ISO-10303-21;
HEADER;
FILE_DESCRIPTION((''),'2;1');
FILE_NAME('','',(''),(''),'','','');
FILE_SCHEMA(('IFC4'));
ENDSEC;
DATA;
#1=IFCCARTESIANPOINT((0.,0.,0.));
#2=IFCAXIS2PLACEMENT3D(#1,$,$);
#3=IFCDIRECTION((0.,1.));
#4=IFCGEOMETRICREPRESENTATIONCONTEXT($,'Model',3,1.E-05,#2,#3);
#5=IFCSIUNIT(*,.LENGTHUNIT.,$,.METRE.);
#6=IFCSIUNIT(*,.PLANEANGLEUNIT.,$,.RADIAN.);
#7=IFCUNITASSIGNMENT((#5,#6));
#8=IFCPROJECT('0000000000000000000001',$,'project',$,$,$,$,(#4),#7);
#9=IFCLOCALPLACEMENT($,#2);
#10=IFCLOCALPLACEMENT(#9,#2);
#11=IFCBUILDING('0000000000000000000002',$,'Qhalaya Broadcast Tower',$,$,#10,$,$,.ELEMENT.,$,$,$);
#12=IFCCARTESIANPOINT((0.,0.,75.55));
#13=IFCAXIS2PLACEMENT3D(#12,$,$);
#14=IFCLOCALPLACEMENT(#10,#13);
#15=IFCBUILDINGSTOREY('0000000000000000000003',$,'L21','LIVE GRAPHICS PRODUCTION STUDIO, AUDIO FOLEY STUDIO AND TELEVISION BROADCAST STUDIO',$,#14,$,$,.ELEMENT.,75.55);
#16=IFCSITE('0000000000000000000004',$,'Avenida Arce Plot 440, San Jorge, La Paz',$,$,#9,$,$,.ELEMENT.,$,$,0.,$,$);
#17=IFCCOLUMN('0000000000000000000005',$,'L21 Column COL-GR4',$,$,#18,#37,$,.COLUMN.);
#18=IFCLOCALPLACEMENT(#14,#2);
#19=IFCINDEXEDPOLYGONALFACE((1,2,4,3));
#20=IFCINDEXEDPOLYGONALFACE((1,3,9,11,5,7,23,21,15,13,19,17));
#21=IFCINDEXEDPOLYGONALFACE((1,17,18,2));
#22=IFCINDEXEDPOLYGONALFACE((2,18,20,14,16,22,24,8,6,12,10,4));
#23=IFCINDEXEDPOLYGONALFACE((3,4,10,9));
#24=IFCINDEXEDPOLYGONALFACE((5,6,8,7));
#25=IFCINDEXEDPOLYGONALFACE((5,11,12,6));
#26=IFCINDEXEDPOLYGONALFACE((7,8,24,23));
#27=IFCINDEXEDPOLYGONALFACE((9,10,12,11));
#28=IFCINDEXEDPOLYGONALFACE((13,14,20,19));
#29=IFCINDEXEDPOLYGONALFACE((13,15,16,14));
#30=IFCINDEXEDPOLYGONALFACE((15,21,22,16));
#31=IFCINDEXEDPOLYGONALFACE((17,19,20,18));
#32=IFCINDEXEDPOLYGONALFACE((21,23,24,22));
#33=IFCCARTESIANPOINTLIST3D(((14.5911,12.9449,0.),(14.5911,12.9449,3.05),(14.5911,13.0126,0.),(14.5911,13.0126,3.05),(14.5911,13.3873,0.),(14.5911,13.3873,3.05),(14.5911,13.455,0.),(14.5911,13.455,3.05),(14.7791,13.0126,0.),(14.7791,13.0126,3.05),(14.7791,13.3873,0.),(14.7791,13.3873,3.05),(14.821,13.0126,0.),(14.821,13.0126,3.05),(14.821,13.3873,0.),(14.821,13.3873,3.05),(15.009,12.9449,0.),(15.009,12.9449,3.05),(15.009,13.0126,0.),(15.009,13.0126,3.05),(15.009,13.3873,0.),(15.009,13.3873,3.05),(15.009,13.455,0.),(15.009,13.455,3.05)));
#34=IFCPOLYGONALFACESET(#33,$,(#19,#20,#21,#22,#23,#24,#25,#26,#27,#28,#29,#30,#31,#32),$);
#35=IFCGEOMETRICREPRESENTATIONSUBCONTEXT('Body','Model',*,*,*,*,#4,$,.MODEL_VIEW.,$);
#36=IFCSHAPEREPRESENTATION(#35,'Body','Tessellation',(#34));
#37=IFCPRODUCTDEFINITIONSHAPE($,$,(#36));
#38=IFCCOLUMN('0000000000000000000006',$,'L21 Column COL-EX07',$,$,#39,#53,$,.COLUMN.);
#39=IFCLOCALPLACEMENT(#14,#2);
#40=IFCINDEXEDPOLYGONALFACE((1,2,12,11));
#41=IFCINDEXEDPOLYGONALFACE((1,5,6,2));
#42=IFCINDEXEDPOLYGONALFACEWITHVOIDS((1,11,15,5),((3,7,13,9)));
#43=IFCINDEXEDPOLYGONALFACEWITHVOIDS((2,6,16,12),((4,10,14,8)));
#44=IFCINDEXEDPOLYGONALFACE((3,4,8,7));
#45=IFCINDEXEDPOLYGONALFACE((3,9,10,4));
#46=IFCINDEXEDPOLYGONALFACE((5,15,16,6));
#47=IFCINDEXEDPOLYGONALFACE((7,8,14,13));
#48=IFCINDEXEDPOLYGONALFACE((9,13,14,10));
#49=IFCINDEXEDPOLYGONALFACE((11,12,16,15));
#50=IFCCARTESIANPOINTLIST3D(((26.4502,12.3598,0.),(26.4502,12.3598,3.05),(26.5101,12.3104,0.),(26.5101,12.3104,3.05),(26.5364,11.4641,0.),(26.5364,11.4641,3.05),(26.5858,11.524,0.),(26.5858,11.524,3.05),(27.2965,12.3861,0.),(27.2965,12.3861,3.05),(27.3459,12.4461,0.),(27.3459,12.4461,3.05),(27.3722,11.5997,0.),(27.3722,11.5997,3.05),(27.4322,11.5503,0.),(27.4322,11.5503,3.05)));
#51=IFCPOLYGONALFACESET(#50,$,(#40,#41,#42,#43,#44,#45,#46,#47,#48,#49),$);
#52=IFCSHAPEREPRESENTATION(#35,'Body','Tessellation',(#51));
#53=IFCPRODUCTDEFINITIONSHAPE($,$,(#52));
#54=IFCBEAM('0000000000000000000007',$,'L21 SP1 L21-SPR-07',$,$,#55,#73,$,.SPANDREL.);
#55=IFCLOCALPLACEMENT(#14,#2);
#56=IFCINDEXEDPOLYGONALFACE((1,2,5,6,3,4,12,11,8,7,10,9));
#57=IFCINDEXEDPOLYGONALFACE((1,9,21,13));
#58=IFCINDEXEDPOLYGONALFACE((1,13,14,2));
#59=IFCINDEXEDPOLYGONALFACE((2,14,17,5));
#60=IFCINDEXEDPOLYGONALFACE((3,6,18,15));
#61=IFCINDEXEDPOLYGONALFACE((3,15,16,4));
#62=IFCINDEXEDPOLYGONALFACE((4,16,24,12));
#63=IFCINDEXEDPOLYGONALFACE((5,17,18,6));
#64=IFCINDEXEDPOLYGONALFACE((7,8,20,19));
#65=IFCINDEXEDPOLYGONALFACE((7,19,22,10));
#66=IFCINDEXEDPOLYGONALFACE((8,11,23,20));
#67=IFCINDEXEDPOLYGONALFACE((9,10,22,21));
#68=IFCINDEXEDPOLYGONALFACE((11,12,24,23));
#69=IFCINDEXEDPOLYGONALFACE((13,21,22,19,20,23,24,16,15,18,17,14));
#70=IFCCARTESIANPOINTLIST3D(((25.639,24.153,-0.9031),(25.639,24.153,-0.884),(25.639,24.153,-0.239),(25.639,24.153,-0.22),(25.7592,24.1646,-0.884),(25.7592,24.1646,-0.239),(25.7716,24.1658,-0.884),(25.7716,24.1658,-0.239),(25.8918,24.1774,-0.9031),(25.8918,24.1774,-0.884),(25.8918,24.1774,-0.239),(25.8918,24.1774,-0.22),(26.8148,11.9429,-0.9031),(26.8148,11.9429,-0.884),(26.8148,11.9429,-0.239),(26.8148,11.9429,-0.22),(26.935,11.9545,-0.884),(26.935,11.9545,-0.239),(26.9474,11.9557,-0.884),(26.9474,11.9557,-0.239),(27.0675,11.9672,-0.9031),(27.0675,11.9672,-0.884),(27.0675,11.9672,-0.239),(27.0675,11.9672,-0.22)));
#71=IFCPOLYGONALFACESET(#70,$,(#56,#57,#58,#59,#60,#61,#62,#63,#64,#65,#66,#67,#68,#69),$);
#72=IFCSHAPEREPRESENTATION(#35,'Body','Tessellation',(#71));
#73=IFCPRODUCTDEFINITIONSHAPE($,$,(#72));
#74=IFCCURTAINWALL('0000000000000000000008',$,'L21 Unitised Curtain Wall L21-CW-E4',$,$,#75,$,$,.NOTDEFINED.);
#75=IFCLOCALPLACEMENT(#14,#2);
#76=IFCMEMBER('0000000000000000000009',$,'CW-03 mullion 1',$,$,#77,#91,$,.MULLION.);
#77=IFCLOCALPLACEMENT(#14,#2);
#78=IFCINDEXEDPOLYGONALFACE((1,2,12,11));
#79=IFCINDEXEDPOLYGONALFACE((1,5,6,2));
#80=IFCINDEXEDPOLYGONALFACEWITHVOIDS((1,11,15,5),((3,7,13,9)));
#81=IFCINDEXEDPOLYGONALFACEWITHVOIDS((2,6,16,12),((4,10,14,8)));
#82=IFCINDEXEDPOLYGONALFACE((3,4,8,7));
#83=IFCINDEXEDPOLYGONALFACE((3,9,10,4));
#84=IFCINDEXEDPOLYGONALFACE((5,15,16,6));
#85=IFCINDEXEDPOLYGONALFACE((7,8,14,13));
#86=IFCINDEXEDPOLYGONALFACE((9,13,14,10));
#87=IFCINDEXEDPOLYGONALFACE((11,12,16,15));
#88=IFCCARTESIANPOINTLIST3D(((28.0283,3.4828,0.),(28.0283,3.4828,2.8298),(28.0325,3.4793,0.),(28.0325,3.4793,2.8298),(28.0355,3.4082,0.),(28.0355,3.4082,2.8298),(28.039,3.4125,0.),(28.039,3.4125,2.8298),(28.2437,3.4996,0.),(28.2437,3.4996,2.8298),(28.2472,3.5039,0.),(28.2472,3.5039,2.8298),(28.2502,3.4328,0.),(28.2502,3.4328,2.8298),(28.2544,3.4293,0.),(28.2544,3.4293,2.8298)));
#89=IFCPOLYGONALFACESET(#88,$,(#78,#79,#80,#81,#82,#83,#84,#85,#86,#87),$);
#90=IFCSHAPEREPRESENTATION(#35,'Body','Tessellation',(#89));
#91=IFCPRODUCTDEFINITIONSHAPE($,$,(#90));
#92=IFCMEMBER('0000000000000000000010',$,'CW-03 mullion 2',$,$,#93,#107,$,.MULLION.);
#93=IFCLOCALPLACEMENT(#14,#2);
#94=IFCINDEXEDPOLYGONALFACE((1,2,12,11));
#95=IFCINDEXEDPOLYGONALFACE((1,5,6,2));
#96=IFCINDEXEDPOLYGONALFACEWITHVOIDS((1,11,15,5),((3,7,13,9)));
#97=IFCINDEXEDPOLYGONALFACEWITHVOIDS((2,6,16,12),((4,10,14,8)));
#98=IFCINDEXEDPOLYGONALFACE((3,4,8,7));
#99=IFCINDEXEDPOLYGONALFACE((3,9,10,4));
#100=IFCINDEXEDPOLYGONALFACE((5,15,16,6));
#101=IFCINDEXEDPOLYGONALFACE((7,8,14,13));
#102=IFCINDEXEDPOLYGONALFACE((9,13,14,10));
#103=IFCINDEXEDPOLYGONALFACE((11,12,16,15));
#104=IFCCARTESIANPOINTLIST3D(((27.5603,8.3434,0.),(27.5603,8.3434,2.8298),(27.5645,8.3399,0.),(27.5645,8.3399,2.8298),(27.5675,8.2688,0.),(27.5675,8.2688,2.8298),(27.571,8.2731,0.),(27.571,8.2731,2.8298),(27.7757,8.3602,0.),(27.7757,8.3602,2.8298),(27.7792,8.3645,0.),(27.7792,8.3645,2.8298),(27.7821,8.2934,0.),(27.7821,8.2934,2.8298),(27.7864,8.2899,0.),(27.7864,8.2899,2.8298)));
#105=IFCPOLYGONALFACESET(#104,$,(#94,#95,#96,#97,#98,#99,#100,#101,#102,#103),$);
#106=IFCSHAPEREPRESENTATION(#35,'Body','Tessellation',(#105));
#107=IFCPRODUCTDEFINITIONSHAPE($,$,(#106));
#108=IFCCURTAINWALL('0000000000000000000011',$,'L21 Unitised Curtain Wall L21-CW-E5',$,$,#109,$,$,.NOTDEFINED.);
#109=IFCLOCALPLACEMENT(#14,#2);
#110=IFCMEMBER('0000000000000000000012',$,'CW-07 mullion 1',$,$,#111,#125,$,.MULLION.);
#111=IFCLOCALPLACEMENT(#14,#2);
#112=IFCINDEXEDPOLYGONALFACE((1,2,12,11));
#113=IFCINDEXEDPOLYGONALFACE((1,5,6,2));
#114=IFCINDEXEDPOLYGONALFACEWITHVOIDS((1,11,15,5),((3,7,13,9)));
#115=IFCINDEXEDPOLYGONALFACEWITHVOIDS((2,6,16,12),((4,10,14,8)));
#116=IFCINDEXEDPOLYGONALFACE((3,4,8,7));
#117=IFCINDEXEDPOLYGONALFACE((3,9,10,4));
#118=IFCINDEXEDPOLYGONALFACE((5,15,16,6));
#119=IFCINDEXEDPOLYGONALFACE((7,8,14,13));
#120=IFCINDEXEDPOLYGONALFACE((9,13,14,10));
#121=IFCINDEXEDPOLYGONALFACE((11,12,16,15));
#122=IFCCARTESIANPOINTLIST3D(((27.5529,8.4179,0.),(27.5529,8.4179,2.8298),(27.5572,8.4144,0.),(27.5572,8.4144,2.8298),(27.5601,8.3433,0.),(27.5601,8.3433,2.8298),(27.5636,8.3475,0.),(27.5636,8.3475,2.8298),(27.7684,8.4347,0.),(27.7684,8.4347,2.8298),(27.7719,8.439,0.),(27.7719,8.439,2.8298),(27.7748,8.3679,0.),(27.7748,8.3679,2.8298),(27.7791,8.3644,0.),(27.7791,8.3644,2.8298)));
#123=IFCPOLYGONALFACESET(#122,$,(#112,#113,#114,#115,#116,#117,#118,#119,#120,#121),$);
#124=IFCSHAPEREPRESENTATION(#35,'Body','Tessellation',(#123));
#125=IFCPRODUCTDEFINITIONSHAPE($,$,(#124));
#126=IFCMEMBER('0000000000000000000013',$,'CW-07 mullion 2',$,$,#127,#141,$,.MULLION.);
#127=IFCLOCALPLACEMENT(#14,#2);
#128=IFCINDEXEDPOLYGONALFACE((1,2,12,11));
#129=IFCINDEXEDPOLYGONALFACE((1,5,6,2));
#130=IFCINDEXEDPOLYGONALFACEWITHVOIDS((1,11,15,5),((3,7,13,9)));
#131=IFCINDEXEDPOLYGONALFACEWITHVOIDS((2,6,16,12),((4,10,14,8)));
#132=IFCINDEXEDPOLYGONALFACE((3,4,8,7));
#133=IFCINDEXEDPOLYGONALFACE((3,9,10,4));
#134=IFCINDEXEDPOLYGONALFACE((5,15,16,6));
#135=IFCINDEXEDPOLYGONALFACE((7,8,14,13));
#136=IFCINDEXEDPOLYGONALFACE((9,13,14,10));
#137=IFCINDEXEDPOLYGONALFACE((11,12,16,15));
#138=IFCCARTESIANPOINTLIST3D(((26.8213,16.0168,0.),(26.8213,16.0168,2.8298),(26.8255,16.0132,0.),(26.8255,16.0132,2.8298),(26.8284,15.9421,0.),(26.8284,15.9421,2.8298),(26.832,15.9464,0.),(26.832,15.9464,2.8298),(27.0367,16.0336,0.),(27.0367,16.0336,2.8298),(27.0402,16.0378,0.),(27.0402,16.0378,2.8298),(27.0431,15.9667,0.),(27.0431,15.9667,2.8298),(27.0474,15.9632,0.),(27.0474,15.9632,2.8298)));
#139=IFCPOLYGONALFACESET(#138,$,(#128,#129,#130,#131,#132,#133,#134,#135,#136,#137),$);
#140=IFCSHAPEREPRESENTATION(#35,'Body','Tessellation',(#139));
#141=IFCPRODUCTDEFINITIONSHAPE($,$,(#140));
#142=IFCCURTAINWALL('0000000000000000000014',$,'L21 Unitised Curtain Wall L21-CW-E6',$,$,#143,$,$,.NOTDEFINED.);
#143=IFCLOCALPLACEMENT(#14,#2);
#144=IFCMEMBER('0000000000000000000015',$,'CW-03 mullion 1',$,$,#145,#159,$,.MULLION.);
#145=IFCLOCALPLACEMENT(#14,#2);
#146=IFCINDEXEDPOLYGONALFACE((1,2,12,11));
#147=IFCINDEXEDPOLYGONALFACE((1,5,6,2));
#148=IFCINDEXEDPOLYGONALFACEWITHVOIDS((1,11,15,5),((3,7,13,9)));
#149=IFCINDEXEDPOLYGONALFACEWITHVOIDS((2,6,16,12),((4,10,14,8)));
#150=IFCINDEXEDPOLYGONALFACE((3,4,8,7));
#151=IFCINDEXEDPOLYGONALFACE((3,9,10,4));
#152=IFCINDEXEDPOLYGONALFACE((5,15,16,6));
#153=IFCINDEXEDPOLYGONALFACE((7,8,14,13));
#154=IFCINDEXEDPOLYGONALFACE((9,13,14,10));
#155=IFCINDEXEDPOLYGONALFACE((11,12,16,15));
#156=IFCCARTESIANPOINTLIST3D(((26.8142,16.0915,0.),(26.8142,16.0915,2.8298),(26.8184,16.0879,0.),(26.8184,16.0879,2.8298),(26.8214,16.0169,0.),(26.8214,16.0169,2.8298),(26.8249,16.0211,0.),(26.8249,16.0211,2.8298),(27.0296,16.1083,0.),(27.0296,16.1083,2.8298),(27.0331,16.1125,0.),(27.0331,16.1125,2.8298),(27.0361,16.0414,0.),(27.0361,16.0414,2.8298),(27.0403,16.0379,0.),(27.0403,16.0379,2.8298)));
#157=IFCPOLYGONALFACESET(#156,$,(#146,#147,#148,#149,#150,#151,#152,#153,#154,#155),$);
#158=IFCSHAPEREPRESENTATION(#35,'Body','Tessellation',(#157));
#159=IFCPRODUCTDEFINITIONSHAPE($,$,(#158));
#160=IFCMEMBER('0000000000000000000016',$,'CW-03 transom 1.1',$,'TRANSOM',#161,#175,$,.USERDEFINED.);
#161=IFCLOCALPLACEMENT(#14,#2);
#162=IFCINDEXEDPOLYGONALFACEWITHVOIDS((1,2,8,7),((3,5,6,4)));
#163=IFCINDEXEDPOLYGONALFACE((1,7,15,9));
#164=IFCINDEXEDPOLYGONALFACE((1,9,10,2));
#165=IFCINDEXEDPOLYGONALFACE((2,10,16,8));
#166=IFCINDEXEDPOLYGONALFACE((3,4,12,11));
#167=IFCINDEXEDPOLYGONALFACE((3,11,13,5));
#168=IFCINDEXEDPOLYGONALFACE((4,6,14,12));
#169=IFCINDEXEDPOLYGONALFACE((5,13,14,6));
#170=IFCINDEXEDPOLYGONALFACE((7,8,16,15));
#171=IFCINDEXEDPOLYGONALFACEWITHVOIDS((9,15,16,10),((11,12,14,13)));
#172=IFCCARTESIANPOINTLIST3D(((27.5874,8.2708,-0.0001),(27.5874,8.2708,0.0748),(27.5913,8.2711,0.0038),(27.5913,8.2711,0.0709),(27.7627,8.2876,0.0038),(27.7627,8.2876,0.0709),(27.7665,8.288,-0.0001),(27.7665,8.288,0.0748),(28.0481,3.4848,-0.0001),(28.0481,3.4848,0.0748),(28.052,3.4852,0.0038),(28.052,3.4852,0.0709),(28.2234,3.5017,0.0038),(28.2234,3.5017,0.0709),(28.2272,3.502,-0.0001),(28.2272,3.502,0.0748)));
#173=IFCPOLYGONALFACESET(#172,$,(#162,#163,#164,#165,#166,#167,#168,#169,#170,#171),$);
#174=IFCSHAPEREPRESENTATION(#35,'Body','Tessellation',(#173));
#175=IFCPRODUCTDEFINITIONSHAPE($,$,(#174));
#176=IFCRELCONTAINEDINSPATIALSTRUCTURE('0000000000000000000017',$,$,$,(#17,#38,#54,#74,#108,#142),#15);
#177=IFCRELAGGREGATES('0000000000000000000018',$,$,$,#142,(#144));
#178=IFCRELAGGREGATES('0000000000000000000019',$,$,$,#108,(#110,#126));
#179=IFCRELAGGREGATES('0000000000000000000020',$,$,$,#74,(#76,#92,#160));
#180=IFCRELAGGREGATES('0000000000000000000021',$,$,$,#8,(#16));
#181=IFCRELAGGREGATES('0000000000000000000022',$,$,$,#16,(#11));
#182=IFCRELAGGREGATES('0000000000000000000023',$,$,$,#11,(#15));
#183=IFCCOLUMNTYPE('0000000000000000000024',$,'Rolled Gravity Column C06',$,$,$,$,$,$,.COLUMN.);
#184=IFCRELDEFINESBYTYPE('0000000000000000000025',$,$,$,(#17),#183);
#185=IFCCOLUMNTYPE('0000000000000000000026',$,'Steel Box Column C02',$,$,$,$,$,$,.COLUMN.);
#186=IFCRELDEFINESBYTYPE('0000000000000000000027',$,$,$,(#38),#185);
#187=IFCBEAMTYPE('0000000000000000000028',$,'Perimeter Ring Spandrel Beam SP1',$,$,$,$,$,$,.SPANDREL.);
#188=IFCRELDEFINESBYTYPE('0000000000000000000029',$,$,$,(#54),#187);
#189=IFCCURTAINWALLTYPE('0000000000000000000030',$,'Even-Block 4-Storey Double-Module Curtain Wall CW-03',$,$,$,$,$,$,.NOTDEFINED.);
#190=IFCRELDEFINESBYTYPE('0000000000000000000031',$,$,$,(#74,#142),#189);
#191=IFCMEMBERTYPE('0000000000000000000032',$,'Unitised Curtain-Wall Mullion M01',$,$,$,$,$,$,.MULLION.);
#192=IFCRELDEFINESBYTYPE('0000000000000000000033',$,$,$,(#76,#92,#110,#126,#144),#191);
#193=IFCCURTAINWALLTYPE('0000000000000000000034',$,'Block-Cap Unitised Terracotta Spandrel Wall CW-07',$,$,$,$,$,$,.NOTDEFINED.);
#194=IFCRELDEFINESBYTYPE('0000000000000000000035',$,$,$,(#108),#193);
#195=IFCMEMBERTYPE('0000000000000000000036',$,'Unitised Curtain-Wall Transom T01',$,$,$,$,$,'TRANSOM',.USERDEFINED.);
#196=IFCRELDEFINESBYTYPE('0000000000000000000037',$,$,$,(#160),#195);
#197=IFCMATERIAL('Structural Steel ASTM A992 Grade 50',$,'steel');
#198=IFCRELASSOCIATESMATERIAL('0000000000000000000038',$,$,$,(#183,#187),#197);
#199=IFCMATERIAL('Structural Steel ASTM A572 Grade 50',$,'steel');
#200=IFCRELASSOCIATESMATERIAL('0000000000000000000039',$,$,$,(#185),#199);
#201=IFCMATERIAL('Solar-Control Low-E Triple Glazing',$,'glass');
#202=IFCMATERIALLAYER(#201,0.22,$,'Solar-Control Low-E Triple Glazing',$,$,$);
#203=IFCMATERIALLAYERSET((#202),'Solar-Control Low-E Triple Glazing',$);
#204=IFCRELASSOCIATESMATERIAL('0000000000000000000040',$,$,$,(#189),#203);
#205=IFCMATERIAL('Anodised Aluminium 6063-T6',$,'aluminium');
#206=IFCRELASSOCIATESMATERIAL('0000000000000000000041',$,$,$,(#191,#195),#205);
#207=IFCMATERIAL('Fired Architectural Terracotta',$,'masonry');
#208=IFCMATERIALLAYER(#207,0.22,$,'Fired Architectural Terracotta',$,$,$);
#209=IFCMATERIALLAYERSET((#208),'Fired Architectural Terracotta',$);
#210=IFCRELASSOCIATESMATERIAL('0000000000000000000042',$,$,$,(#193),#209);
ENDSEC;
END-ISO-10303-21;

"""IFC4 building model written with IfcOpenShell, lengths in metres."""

from ifc_helpers import new_model, si_unit, direction, frame, origin, origin_2d, place, context, subcontext, project, spatial, hollow_rectangle, i_section, extrude, material, layer, layer_set, material_profile, profile_set, type_object, element, aggregate, save


model = new_model("IFC4")

# Units and contexts
model_context = context("Model", 3, precision=1e-05, world=origin(), true_north=direction((0.0, 1.0)))
body_context = subcontext(model_context, "Body", "Model", "MODEL_VIEW")
ifc_project = project(units=[si_unit("LENGTHUNIT", "METRE"), si_unit("PLANEANGLEUNIT", "RADIAN")], contexts=[model_context])

# Site, building, storey
site_placement = place(None, origin())
site = spatial("IfcSite", under=ifc_project, at=site_placement, Name="Avenida Arce Plot 440, San Jorge, La Paz", CompositionType="ELEMENT", RefElevation=0.0)
building_placement = place(site_placement, origin())
building = spatial("IfcBuilding", under=site, at=building_placement, Name="Qhalaya Broadcast Tower", CompositionType="ELEMENT")
storey_placement = place(building_placement, frame((0.0, 0.0, 75.55)))
storey = spatial("IfcBuildingStorey", under=building, at=storey_placement, Name="L21", Description="LIVE GRAPHICS PRODUCTION STUDIO, AUDIO FOLEY STUDIO AND TELEVISION BROADCAST STUDIO", CompositionType="ELEMENT", Elevation=75.55)

# Columns
ifc_material_1 = material(Name="Structural Steel ASTM A992 Grade 50", Category="steel")
ifc_material_profile_1 = material_profile(ifc_material_1, i_section(OverallWidth=0.418, OverallDepth=0.51, WebThickness=0.042, FlangeThickness=0.0676, at=origin_2d()), Name="W14X370")
ifc_profile_set_1 = profile_set([ifc_material_profile_1], Name="Structural Steel ASTM A992 Grade 50")
column_type_1 = type_object("IfcColumnType", Name="Rolled Gravity Column C06", PredefinedType="COLUMN", material=ifc_profile_set_1)
column_1_placement = place(storey_placement, frame((14.8, 13.2, 0.0), z_axis=(0.0, 0.0, 1.0), x_axis=(1.0, 0.0, 0.0)))
element("IfcColumn", 1, at=column_1_placement, inside=storey, type_object=column_type_1, Name="L21 Column COL-GR4", PredefinedType="COLUMN", context=body_context, shape_type="SweptSolid", body=[
    extrude(i_section(OverallWidth=0.418, OverallDepth=0.51, WebThickness=0.042, FlangeThickness=0.0676, at=origin_2d()), origin(), (0.0, 0.0, 1.0), 3.05),
])
ifc_material_2 = material(Name="Structural Steel ASTM A572 Grade 50", Category="steel")
ifc_material_profile_2 = material_profile(ifc_material_2, hollow_rectangle(XDim=0.8999, YDim=0.8999, WallThickness=0.0549, at=origin_2d()), Name="BOX 900x900x55")
ifc_profile_set_2 = profile_set([ifc_material_profile_2], Name="Structural Steel ASTM A572 Grade 50")
column_type_2 = type_object("IfcColumnType", Name="Steel Box Column C02", PredefinedType="COLUMN", material=ifc_profile_set_2)
column_2_placement = place(storey_placement, frame((26.9412, 11.9551, 0.0), z_axis=(0.0, 0.0, 1.0), x_axis=(-0.095846, 0.995396, 0.0)))
element("IfcColumn", 2, at=column_2_placement, inside=storey, type_object=column_type_2, Name="L21 Column COL-EX07", PredefinedType="COLUMN", context=body_context, shape_type="SweptSolid", body=[
    extrude(hollow_rectangle(XDim=0.8999, YDim=0.8999, WallThickness=0.0549, at=origin_2d()), origin(), (0.0, 0.0, 1.0), 3.05),
])

# Beam
ifc_material_profile_3 = material_profile(ifc_material_1, i_section(OverallWidth=0.2539, OverallDepth=0.6831, WebThickness=0.0125, FlangeThickness=0.019, at=origin_2d()), Name="W27X94")
ifc_profile_set_3 = profile_set([ifc_material_profile_3], Name="Structural Steel ASTM A992 Grade 50")
beam_type = type_object("IfcBeamType", Name="Perimeter Ring Spandrel Beam SP1", PredefinedType="SPANDREL", material=ifc_profile_set_3)
beam_placement = place(storey_placement, frame((26.9412, 11.9551, -0.5615), z_axis=(-0.095852, 0.995396, 0.0), x_axis=(-0.995396, -0.095852, 0.0)))
element("IfcBeam", 3, at=beam_placement, inside=storey, type_object=beam_type, Name="L21 SP1 L21-SPR-07", PredefinedType="SPANDREL", context=body_context, shape_type="SweptSolid", body=[
    extrude(i_section(OverallWidth=0.2539, OverallDepth=0.6831, WebThickness=0.0125, FlangeThickness=0.019, at=origin_2d()), origin(), (0.0, 0.0, 1.0), 12.2666),
])

# Curtain walls, members
ifc_material_3 = material(Name="Solar-Control Low-E Triple Glazing", Category="glass")
ifc_layer_1 = layer(ifc_material_3, 0.22, Name="Solar-Control Low-E Triple Glazing")
ifc_layer_set_1 = layer_set([ifc_layer_1], Name="Solar-Control Low-E Triple Glazing")
curtain_wall_type_1 = type_object("IfcCurtainWallType", Name="Even-Block 4-Storey Double-Module Curtain Wall CW-03", PredefinedType="NOTDEFINED", material=ifc_layer_set_1)
curtain_wall_1_placement = place(storey_placement, origin())
curtain_wall_1 = element("IfcCurtainWall", 4, at=curtain_wall_1_placement, inside=storey, type_object=curtain_wall_type_1, Name="L21 Unitised Curtain Wall L21-CW-E4", PredefinedType="NOTDEFINED")
ifc_material_4 = material(Name="Anodised Aluminium 6063-T6", Category="aluminium")
ifc_material_profile_4 = material_profile(ifc_material_4, hollow_rectangle(XDim=0.075, YDim=0.22, WallThickness=0.0039, at=origin_2d()), Name="ALU-MUL 75x220x4")
ifc_profile_set_4 = profile_set([ifc_material_profile_4], Name="Anodised Aluminium 6063-T6")
member_type_1 = type_object("IfcMemberType", Name="Unitised Curtain-Wall Mullion M01", PredefinedType="MULLION", material=ifc_profile_set_4)
member_1_placement = place(storey_placement, frame((28.1414, 3.4561, 0.0), z_axis=(0.0, 0.0, 1.0), x_axis=(-0.095845, 0.995396, 0.0)))
member_1 = element("IfcMember", 5, at=member_1_placement, type_object=member_type_1, Name="CW-03 mullion 1", PredefinedType="MULLION", context=body_context, shape_type="SweptSolid", body=[
    extrude(hollow_rectangle(XDim=0.075, YDim=0.22, WallThickness=0.0039, at=origin_2d()), origin(), (0.0, 0.0, 1.0), 2.8298),
])
member_2_placement = place(storey_placement, frame((27.6733, 8.3167, 0.0), z_axis=(0.0, 0.0, 1.0), x_axis=(-0.095845, 0.995396, 0.0)))
member_2 = element("IfcMember", 6, at=member_2_placement, type_object=member_type_1, Name="CW-03 mullion 2", PredefinedType="MULLION", context=body_context, shape_type="SweptSolid", body=[
    extrude(hollow_rectangle(XDim=0.075, YDim=0.22, WallThickness=0.0039, at=origin_2d()), origin(), (0.0, 0.0, 1.0), 2.8298),
])
ifc_material_5 = material(Name="Fired Architectural Terracotta", Category="masonry")
ifc_layer_2 = layer(ifc_material_5, 0.22, Name="Fired Architectural Terracotta")
ifc_layer_set_2 = layer_set([ifc_layer_2], Name="Fired Architectural Terracotta")
curtain_wall_type_2 = type_object("IfcCurtainWallType", Name="Block-Cap Unitised Terracotta Spandrel Wall CW-07", PredefinedType="NOTDEFINED", material=ifc_layer_set_2)
curtain_wall_2_placement = place(storey_placement, origin())
curtain_wall_2 = element("IfcCurtainWall", 7, at=curtain_wall_2_placement, inside=storey, type_object=curtain_wall_type_2, Name="L21 Unitised Curtain Wall L21-CW-E5", PredefinedType="NOTDEFINED")
member_3_placement = place(storey_placement, frame((27.666, 8.3911, 0.0), z_axis=(0.0, 0.0, 1.0), x_axis=(-0.095849, 0.995396, 0.0)))
member_3 = element("IfcMember", 8, at=member_3_placement, type_object=member_type_1, Name="CW-07 mullion 1", PredefinedType="MULLION", context=body_context, shape_type="SweptSolid", body=[
    extrude(hollow_rectangle(XDim=0.075, YDim=0.22, WallThickness=0.0039, at=origin_2d()), origin(), (0.0, 0.0, 1.0), 2.8298),
])
member_4_placement = place(storey_placement, frame((26.9343, 15.99, 0.0), z_axis=(0.0, 0.0, 1.0), x_axis=(-0.095849, 0.995396, 0.0)))
member_4 = element("IfcMember", 9, at=member_4_placement, type_object=member_type_1, Name="CW-07 mullion 2", PredefinedType="MULLION", context=body_context, shape_type="SweptSolid", body=[
    extrude(hollow_rectangle(XDim=0.075, YDim=0.22, WallThickness=0.0039, at=origin_2d()), origin(), (0.0, 0.0, 1.0), 2.8298),
])

# Curtain wall, member
curtain_wall_3_placement = place(storey_placement, origin())
curtain_wall_3 = element("IfcCurtainWall", 10, at=curtain_wall_3_placement, inside=storey, type_object=curtain_wall_type_1, Name="L21 Unitised Curtain Wall L21-CW-E6", PredefinedType="NOTDEFINED")
member_5_placement = place(storey_placement, frame((26.9272, 16.0647, 0.0), z_axis=(0.0, 0.0, 1.0), x_axis=(-0.095847, 0.995396, 0.0)))
member_5 = element("IfcMember", 11, at=member_5_placement, type_object=member_type_1, Name="CW-03 mullion 1", PredefinedType="MULLION", context=body_context, shape_type="SweptSolid", body=[
    extrude(hollow_rectangle(XDim=0.075, YDim=0.22, WallThickness=0.0039, at=origin_2d()), origin(), (0.0, 0.0, 1.0), 2.8298),
])

# Member
ifc_material_profile_5 = material_profile(ifc_material_4, hollow_rectangle(XDim=0.075, YDim=0.1799, WallThickness=0.0039, at=origin_2d()), Name="ALU-TRN 75x180x4")
ifc_profile_set_5 = profile_set([ifc_material_profile_5], Name="Anodised Aluminium 6063-T6")
member_type_2 = type_object("IfcMemberType", Name="Unitised Curtain-Wall Transom T01", ElementType="TRANSOM", PredefinedType="USERDEFINED", material=ifc_profile_set_5)
member_6_placement = place(storey_placement, frame((28.1377, 3.4934, 0.0374), z_axis=(-0.095818, 0.995399, 0.0), x_axis=(0.0, 0.0, 1.0)))
member_6 = element("IfcMember", 12, at=member_6_placement, type_object=member_type_2, Name="CW-03 transom 1.1", ObjectType="TRANSOM", PredefinedType="USERDEFINED", context=body_context, shape_type="SweptSolid", body=[
    extrude(hollow_rectangle(XDim=0.075, YDim=0.1799, WallThickness=0.0039, at=origin_2d()), origin(), (0.0, 0.0, 1.0), 4.8081),
])
aggregate(curtain_wall_3, [member_5])

aggregate(curtain_wall_2, [member_3, member_4])
aggregate(curtain_wall_1, [member_1, member_2, member_6])

save(model, "model.ifc")
